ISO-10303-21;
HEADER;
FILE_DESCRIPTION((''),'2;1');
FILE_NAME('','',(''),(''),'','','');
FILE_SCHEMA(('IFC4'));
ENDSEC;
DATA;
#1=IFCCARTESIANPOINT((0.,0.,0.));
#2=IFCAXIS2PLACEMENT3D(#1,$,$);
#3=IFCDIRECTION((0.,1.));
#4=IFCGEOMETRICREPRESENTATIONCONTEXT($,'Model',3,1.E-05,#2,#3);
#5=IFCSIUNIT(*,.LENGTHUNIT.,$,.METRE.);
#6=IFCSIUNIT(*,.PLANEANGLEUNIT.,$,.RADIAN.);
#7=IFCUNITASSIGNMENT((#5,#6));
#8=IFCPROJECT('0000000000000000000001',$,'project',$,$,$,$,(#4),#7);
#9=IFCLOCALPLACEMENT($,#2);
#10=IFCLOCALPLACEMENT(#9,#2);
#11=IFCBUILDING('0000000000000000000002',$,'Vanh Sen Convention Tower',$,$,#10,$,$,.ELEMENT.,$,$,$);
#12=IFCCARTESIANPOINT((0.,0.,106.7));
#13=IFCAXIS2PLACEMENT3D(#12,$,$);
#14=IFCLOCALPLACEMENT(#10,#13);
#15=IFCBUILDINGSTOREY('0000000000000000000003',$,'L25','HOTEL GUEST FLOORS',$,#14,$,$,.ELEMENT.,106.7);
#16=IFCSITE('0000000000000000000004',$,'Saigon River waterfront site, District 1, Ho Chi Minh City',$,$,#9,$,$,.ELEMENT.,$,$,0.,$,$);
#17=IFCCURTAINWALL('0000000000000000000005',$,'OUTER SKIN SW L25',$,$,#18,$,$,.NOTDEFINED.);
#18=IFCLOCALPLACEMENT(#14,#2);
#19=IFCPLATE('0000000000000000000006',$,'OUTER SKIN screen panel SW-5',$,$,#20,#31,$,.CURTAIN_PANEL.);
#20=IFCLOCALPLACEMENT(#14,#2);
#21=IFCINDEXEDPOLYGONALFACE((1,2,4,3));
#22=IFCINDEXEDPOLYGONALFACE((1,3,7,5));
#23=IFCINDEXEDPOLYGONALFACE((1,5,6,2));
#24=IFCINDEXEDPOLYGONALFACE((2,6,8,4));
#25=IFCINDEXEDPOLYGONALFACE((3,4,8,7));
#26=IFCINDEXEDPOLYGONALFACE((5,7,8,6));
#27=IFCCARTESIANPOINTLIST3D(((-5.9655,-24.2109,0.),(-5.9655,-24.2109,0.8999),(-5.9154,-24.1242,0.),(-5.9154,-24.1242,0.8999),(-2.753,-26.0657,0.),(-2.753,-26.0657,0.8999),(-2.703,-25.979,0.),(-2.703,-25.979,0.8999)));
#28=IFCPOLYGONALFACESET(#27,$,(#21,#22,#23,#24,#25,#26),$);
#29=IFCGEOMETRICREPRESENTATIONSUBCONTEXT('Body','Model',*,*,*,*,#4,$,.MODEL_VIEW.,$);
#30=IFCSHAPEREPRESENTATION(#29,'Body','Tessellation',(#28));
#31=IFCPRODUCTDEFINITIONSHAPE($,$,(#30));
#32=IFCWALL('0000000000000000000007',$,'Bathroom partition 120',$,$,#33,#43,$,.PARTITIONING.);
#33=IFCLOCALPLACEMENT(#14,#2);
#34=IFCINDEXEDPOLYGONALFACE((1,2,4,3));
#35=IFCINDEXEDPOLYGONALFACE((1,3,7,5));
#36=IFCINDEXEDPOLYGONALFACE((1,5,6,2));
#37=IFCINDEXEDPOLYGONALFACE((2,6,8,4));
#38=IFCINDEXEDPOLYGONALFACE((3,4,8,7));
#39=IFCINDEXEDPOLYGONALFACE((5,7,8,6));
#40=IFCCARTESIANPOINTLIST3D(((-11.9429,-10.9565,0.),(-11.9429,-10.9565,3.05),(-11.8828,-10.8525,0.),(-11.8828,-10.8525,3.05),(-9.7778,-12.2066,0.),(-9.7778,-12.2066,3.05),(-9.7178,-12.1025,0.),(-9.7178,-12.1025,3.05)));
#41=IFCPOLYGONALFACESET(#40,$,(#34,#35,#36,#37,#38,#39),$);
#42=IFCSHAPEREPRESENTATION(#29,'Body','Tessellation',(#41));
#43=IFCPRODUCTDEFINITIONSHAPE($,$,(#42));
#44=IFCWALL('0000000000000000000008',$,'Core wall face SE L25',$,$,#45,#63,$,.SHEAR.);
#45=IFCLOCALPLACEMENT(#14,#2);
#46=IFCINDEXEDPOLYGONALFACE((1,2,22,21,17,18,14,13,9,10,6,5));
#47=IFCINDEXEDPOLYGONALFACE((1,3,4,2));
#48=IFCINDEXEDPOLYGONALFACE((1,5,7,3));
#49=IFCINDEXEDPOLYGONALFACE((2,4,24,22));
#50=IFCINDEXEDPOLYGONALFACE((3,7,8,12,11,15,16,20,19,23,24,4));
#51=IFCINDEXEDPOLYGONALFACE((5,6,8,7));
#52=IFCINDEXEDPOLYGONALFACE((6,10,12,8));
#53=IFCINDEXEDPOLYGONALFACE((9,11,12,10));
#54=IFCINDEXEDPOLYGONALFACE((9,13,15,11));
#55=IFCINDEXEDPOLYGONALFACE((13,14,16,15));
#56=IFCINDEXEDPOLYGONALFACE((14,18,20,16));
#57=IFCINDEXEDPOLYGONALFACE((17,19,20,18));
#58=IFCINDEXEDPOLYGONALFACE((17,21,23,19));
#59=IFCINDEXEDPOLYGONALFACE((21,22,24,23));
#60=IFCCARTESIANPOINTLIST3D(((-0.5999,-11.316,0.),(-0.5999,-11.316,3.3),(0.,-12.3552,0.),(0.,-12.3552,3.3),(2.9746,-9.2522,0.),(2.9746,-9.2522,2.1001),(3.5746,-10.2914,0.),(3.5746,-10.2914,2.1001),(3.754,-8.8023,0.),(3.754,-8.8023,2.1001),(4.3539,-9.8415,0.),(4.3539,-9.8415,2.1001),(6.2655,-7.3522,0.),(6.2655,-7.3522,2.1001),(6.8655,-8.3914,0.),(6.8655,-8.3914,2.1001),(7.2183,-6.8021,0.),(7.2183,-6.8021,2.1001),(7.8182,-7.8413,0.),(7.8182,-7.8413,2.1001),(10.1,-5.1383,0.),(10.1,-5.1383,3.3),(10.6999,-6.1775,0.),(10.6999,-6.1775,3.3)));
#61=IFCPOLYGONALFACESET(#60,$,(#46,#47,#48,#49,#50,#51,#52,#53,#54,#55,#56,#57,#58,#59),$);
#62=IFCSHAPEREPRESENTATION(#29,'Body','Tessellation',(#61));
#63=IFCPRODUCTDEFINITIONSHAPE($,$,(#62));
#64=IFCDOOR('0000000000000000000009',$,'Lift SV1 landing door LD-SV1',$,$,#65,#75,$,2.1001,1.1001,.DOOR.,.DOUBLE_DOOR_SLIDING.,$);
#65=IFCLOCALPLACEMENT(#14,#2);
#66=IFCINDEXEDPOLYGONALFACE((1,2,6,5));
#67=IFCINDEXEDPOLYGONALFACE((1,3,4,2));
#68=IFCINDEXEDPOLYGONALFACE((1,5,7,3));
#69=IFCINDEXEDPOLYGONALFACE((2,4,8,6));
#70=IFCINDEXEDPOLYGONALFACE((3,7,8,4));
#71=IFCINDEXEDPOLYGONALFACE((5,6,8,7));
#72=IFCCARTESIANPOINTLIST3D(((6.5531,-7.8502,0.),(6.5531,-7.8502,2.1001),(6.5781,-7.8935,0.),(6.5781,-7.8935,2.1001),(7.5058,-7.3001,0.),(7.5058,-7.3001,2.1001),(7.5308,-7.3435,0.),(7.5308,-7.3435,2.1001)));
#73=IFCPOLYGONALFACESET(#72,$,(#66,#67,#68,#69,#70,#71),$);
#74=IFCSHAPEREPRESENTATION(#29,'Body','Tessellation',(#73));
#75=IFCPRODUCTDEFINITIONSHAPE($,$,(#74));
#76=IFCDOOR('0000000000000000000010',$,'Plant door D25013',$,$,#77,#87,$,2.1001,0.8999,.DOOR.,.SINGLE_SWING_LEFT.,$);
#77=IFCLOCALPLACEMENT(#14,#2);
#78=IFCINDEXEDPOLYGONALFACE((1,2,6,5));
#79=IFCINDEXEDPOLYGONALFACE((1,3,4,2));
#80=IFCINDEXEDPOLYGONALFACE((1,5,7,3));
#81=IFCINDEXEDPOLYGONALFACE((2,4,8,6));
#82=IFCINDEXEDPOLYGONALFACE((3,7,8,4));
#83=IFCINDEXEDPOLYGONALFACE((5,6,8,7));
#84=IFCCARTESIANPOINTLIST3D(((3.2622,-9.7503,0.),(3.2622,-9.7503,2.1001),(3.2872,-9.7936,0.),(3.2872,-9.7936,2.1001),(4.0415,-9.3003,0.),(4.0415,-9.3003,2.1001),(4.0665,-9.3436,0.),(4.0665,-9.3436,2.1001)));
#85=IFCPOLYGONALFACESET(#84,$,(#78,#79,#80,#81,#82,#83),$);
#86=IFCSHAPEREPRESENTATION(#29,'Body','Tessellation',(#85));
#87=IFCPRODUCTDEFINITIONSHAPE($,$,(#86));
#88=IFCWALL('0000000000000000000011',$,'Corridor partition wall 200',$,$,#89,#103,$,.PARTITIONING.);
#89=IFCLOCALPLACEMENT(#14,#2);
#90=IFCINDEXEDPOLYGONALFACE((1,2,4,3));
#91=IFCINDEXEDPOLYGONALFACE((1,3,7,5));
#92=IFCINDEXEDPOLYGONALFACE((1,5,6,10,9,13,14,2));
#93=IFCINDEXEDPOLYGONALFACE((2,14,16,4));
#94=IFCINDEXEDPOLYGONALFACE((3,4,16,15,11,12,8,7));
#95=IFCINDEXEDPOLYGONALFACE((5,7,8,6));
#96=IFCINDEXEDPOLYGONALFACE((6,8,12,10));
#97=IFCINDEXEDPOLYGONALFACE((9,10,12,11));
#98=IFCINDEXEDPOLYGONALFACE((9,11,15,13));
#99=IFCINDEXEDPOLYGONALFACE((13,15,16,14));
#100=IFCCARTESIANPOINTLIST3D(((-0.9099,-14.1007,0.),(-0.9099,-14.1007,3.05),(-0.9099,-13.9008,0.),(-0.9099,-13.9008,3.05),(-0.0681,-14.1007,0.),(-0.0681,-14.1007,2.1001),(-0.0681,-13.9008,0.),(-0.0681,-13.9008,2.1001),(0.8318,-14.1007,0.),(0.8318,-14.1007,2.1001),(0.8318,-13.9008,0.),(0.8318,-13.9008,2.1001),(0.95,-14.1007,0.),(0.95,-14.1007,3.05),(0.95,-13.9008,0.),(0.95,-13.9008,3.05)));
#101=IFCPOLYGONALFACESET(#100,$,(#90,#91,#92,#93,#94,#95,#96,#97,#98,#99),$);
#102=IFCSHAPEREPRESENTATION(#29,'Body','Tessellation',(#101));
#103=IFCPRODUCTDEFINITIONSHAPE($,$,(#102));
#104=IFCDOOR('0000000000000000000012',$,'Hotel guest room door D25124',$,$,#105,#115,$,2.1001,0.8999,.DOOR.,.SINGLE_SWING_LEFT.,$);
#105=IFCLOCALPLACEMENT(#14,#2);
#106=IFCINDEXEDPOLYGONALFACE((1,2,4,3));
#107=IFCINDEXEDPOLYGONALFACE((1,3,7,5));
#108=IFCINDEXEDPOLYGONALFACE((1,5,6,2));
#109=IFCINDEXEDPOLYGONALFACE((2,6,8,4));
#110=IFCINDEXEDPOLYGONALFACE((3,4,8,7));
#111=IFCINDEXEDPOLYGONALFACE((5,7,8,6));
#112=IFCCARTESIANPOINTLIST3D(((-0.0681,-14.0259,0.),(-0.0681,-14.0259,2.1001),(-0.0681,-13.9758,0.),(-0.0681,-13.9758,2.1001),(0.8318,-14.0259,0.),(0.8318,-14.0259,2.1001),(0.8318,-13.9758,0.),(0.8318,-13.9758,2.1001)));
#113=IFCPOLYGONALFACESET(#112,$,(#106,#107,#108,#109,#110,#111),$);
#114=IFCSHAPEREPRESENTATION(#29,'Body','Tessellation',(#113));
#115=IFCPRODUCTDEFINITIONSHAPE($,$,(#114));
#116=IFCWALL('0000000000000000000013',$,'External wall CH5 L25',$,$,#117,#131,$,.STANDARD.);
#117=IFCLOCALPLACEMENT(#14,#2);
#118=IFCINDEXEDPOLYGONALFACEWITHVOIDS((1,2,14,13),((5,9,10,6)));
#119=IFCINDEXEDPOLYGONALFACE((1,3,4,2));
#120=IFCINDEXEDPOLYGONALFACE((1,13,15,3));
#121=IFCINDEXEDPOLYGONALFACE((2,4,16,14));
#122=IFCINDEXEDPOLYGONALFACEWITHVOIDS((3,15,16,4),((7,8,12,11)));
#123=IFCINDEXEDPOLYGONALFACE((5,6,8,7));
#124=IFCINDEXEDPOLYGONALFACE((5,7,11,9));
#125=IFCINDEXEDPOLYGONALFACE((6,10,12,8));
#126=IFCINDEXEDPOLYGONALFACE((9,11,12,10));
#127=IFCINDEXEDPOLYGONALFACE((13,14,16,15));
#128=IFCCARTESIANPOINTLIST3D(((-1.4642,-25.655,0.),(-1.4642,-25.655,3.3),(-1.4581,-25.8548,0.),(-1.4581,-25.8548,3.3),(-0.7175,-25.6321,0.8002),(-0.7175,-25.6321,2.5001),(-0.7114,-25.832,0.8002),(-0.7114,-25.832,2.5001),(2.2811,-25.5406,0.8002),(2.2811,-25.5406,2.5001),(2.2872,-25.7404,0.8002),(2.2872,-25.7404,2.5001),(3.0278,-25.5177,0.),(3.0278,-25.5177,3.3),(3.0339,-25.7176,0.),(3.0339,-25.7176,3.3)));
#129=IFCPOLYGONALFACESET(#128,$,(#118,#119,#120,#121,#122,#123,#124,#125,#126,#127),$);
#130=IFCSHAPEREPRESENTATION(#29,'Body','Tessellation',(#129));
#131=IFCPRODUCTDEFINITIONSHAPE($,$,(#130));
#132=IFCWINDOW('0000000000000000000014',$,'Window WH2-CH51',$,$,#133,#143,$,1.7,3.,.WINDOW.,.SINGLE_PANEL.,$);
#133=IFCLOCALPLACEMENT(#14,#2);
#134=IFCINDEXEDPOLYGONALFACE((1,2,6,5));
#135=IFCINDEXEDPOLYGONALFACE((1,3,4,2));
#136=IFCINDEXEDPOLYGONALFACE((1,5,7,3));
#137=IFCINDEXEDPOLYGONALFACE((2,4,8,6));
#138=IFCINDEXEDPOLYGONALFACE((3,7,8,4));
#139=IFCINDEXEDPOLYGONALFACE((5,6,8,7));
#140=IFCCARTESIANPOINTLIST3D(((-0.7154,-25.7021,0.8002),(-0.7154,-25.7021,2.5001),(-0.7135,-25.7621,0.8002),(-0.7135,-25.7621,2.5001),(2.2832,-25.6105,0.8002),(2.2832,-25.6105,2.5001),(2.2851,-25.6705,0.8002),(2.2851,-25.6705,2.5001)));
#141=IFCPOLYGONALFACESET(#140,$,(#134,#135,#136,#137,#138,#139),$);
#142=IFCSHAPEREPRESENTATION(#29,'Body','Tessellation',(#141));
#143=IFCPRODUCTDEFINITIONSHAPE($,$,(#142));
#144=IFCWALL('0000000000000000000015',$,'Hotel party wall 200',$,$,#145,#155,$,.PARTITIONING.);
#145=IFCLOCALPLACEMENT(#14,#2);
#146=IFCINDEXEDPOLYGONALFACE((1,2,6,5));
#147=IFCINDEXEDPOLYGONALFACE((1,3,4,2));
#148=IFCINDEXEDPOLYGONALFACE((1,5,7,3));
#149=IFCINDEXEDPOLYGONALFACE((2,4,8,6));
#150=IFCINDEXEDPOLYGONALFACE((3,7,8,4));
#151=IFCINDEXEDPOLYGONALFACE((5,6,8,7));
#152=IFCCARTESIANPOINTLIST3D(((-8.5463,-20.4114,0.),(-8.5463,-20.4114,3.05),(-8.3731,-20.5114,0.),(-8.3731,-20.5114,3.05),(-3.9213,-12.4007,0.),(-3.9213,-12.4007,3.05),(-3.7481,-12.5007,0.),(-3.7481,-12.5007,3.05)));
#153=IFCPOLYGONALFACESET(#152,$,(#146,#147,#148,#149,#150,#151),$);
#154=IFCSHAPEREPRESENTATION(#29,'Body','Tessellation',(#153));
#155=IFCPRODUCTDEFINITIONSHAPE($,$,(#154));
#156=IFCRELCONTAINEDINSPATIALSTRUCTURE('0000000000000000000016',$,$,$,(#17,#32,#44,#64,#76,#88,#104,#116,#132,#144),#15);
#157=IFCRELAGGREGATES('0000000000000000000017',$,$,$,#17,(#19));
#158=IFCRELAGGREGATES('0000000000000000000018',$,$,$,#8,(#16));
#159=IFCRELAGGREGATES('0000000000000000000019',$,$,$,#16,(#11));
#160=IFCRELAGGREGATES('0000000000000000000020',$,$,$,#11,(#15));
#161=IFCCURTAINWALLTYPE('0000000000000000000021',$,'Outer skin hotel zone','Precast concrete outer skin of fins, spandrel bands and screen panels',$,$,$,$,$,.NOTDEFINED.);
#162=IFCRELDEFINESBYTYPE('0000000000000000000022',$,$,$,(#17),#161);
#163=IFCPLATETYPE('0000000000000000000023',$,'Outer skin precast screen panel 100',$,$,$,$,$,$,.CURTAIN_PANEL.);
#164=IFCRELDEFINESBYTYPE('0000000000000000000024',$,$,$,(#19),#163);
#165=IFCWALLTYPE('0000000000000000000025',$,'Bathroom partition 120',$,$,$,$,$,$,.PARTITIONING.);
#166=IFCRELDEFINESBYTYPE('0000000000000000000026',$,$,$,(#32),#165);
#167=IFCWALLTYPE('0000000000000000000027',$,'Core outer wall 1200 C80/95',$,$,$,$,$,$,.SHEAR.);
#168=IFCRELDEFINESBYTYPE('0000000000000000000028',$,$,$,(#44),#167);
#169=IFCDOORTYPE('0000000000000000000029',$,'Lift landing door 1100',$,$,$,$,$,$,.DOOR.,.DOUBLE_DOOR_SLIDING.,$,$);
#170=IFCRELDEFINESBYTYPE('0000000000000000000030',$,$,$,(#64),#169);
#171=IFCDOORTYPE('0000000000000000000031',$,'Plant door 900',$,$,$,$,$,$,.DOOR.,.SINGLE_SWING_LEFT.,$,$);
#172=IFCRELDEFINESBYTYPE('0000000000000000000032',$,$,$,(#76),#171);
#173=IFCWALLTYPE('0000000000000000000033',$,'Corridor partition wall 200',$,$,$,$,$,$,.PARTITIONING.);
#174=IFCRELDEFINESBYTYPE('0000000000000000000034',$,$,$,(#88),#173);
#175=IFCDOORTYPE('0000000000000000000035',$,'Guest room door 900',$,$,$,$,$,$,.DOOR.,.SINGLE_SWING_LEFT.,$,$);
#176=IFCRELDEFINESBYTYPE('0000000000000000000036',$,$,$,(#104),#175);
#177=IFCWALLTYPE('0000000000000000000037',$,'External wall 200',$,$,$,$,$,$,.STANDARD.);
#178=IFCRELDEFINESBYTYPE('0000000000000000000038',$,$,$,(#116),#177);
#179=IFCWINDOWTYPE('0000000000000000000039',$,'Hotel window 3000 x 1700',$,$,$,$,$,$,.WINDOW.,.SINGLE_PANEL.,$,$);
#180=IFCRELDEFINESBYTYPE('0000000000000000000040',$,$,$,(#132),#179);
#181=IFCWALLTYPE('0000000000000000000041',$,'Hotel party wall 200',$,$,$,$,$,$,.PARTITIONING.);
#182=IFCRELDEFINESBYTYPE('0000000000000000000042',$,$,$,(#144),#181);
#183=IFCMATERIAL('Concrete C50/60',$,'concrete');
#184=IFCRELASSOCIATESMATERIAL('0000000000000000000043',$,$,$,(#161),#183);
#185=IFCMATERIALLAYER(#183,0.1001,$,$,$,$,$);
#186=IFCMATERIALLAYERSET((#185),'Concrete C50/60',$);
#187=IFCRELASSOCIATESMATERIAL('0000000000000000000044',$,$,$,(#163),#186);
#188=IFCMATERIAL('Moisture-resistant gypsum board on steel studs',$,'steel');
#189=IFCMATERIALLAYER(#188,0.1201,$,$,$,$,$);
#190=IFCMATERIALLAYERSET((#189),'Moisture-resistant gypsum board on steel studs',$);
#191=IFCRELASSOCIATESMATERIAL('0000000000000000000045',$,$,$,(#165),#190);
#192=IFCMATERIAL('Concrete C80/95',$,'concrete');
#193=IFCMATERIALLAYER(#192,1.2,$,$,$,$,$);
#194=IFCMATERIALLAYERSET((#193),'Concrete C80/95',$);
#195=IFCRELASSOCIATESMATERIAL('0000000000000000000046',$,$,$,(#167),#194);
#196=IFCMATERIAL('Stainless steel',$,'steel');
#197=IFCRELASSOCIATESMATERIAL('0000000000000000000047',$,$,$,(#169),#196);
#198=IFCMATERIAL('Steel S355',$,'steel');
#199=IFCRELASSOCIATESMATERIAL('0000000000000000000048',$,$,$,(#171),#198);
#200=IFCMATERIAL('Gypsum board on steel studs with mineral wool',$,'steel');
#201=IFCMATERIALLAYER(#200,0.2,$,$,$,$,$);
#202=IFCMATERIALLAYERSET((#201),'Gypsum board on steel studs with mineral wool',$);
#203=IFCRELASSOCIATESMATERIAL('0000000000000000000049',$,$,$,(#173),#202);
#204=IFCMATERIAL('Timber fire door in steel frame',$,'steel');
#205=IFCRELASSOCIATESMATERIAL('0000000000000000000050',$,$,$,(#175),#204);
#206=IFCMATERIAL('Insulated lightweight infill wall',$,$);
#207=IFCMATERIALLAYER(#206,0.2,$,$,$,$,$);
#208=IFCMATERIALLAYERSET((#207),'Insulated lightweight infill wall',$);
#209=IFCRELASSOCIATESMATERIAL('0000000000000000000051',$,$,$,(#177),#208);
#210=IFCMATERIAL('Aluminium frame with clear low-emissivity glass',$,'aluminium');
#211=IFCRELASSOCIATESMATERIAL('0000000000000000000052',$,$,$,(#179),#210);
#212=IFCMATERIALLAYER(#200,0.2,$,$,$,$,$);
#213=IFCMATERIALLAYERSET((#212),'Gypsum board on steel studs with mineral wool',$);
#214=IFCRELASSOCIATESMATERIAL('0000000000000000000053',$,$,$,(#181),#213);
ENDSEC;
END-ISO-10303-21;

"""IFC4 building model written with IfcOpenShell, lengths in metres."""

from ifc_helpers import new_model, si_unit, direction, frame, frame_2d, origin, origin_2d, place, context, subcontext, project, spatial, rectangle, extrude, material, layer, layer_set, type_object, element, fill, aggregate, save


model = new_model("IFC4")

# Units and contexts
model_context = context("Model", 3, precision=1e-05, world=origin(), true_north=direction((0.0, 1.0)))
body_context = subcontext(model_context, "Body", "Model", "MODEL_VIEW")
ifc_project = project(units=[si_unit("LENGTHUNIT", "METRE"), si_unit("PLANEANGLEUNIT", "RADIAN")], contexts=[model_context])

# Site, building, storey
site_placement = place(None, origin())
site = spatial("IfcSite", under=ifc_project, at=site_placement, Name="Saigon River waterfront site, District 1, Ho Chi Minh City", CompositionType="ELEMENT", RefElevation=0.0)
building_placement = place(site_placement, origin())
building = spatial("IfcBuilding", under=site, at=building_placement, Name="Vanh Sen Convention Tower", CompositionType="ELEMENT")
storey_placement = place(building_placement, frame((0.0, 0.0, 106.7)))
storey = spatial("IfcBuildingStorey", under=building, at=storey_placement, Name="L25", Description="HOTEL GUEST FLOORS", CompositionType="ELEMENT", Elevation=106.7)

# Shared definitions
ifc_material_1 = material(Name="Concrete C80/95", Category="concrete")

# Curtain wall
ifc_material_2 = material(Name="Concrete C50/60", Category="concrete")
curtain_wall_type = type_object("IfcCurtainWallType", Name="Outer skin hotel zone", Description="Precast concrete outer skin of fins, spandrel bands and screen panels", PredefinedType="NOTDEFINED", material=ifc_material_2)
curtain_wall_1_placement = place(storey_placement, origin())
curtain_wall_1 = element("IfcCurtainWall", 1, at=curtain_wall_1_placement, inside=storey, type_object=curtain_wall_type, Name="OUTER SKIN SW L25", PredefinedType="NOTDEFINED")

# Plate
ifc_layer_1 = layer(ifc_material_2, 0.1001)
ifc_layer_set_1 = layer_set([ifc_layer_1], Name="Concrete C50/60")
plate_type = type_object("IfcPlateType", Name="Outer skin precast screen panel 100", PredefinedType="CURTAIN_PANEL", material=ifc_layer_set_1)
plate_1_placement = place(storey_placement, frame((-4.3342, -25.095, 0.0), z_axis=(0.0, 0.0, 1.0), x_axis=(0.866021, -0.500008, 0.0)))
plate_1 = element("IfcPlate", 2, at=plate_1_placement, type_object=plate_type, Name="OUTER SKIN screen panel SW-5", PredefinedType="CURTAIN_PANEL", context=body_context, shape_type="SweptSolid", body=[
    extrude(rectangle(XDim=3.7095, YDim=0.1001, at=origin_2d()), origin(), (0.0, 0.0, 1.0), 0.8999),
])
aggregate(curtain_wall_1, [plate_1])

# Wall
ifc_material_3 = material(Name="Moisture-resistant gypsum board on steel studs", Category="steel")
ifc_layer_2 = layer(ifc_material_3, 0.1201)
ifc_layer_set_2 = layer_set([ifc_layer_2], Name="Moisture-resistant gypsum board on steel studs")
wall_type_1 = type_object("IfcWallType", Name="Bathroom partition 120", PredefinedType="PARTITIONING", material=ifc_layer_set_2)
wall_1_placement = place(storey_placement, frame((-9.7478, -12.1545, 0.0), z_axis=(0.0, 0.0, 1.0), x_axis=(-0.866023, 0.500004, 0.0)))
element("IfcWall", 3, at=wall_1_placement, inside=storey, type_object=wall_type_1, Name="Bathroom partition 120", PredefinedType="PARTITIONING", context=body_context, shape_type="SweptSolid", body=[
    extrude(rectangle(XDim=2.5, YDim=0.1201, at=frame_2d((1.25, 0.0))), origin(), (0.0, 0.0, 1.0), 3.05),
])

# Wall, openings, doors
ifc_layer_3 = layer(ifc_material_1, 1.2)
ifc_layer_set_3 = layer_set([ifc_layer_3], Name="Concrete C80/95")
wall_type_2 = type_object("IfcWallType", Name="Core outer wall 1200 C80/95", PredefinedType="SHEAR", material=ifc_layer_set_3)
wall_2_placement = place(storey_placement, frame((-0.3, -11.8357, 0.0), z_axis=(0.0, 0.0, 1.0), x_axis=(0.866021, 0.500007, 0.0)))
wall_2 = element("IfcWall", 4, at=wall_2_placement, inside=storey, type_object=wall_type_2, Name="Core wall face SE L25", PredefinedType="SHEAR", context=body_context, shape_type="SweptSolid", body=[
    extrude(rectangle(XDim=12.3552, YDim=1.2, at=frame_2d((6.1777, 0.0))), origin(), (0.0, 0.0, 1.0), 3.3),
])
opening_1_placement = place(wall_2_placement, frame((4.1277, 0.0, 0.0)))
opening_1 = element("IfcOpeningElement", 5, at=opening_1_placement, cuts=wall_2, PredefinedType="OPENING", context=body_context, shape_type="SweptSolid", body=[
    extrude(rectangle(XDim=0.8999, YDim=2.1001, at=frame_2d((0.45, 1.05))), frame((0.0, 0.6099, 0.0), z_axis=(0.0, -1.0, 0.0), x_axis=(1.0, 0.0, 0.0)), (0.0, 0.0, 1.0), 1.22),
])
opening_2_placement = place(wall_2_placement, frame((7.9277, 0.0, 0.0)))
opening_2 = element("IfcOpeningElement", 6, at=opening_2_placement, cuts=wall_2, PredefinedType="OPENING", context=body_context, shape_type="SweptSolid", body=[
    extrude(rectangle(XDim=1.1001, YDim=2.1001, at=frame_2d((0.55, 1.05))), frame((0.0, 0.6099, 0.0), z_axis=(0.0, -1.0, 0.0), x_axis=(1.0, 0.0, 0.0)), (0.0, 0.0, 1.0), 1.22),
])
ifc_material_4 = material(Name="Stainless steel", Category="steel")
door_type_1 = type_object("IfcDoorType", Name="Lift landing door 1100", OperationType="DOUBLE_DOOR_SLIDING", PredefinedType="DOOR", material=ifc_material_4)
door_1_placement = place(opening_2_placement, origin())
door_1 = element("IfcDoor", 7, at=door_1_placement, inside=storey, type_object=door_type_1, Name="Lift SV1 landing door LD-SV1", OperationType="DOUBLE_DOOR_SLIDING", OverallHeight=2.1001, OverallWidth=1.1001, PredefinedType="DOOR", context=body_context, shape_type="SweptSolid", body=[
    extrude(rectangle(XDim=1.1001, YDim=2.1001, at=frame_2d((0.55, 1.05))), frame((0.0, 0.0249, 0.0), z_axis=(0.0, -1.0, 0.0), x_axis=(1.0, 0.0, 0.0)), (0.0, 0.0, 1.0), 0.05),
])
fill(opening_2, door_1)
ifc_material_5 = material(Name="Steel S355", Category="steel")
door_type_2 = type_object("IfcDoorType", Name="Plant door 900", OperationType="SINGLE_SWING_LEFT", PredefinedType="DOOR", material=ifc_material_5)
door_2_placement = place(opening_1_placement, origin())
door_2 = element("IfcDoor", 8, at=door_2_placement, inside=storey, type_object=door_type_2, Name="Plant door D25013", OperationType="SINGLE_SWING_LEFT", OverallHeight=2.1001, OverallWidth=0.8999, PredefinedType="DOOR", context=body_context, shape_type="SweptSolid", body=[
    extrude(rectangle(XDim=0.8999, YDim=2.1001, at=frame_2d((0.45, 1.05))), frame((0.0, 0.0249, 0.0), z_axis=(0.0, -1.0, 0.0), x_axis=(1.0, 0.0, 0.0)), (0.0, 0.0, 1.0), 0.05),
])
fill(opening_1, door_2)

# Wall, opening, door
ifc_material_6 = material(Name="Gypsum board on steel studs with mineral wool", Category="steel")
ifc_layer_4 = layer(ifc_material_6, 0.2)
ifc_layer_set_4 = layer_set([ifc_layer_4], Name="Gypsum board on steel studs with mineral wool")
wall_type_3 = type_object("IfcWallType", Name="Corridor partition wall 200", PredefinedType="PARTITIONING", material=ifc_layer_set_4)
wall_3_placement = place(storey_placement, frame((-0.9099, -14.0007, 0.0), z_axis=(0.0, 0.0, 1.0), x_axis=(1.0, 0.0, 0.0)))
wall_3 = element("IfcWall", 9, at=wall_3_placement, inside=storey, type_object=wall_type_3, Name="Corridor partition wall 200", PredefinedType="PARTITIONING", context=body_context, shape_type="SweptSolid", body=[
    extrude(rectangle(XDim=1.8599, YDim=0.2, at=frame_2d((0.9299, 0.0))), origin(), (0.0, 0.0, 1.0), 3.05),
])
opening_3_placement = place(wall_3_placement, frame((0.8418, 0.0, 0.0)))
opening_3 = element("IfcOpeningElement", 10, at=opening_3_placement, cuts=wall_3, PredefinedType="OPENING", context=body_context, shape_type="SweptSolid", body=[
    extrude(rectangle(XDim=0.8999, YDim=2.1001, at=frame_2d((0.45, 1.05))), frame((0.0, 0.1099, 0.0), z_axis=(0.0, -1.0, 0.0), x_axis=(1.0, 0.0, 0.0)), (0.0, 0.0, 1.0), 0.22),
])
ifc_material_7 = material(Name="Timber fire door in steel frame", Category="steel")
door_type_3 = type_object("IfcDoorType", Name="Guest room door 900", OperationType="SINGLE_SWING_LEFT", PredefinedType="DOOR", material=ifc_material_7)
door_3_placement = place(opening_3_placement, origin())
door_3 = element("IfcDoor", 11, at=door_3_placement, inside=storey, type_object=door_type_3, Name="Hotel guest room door D25124", OperationType="SINGLE_SWING_LEFT", OverallHeight=2.1001, OverallWidth=0.8999, PredefinedType="DOOR", context=body_context, shape_type="SweptSolid", body=[
    extrude(rectangle(XDim=0.8999, YDim=2.1001, at=frame_2d((0.45, 1.05))), frame((0.0, 0.0249, 0.0), z_axis=(0.0, -1.0, 0.0), x_axis=(1.0, 0.0, 0.0)), (0.0, 0.0, 1.0), 0.05),
])
fill(opening_3, door_3)

# Wall, opening, window
ifc_material_8 = material(Name="Insulated lightweight infill wall")
ifc_layer_5 = layer(ifc_material_8, 0.2)
ifc_layer_set_5 = layer_set([ifc_layer_5], Name="Insulated lightweight infill wall")
wall_type_4 = type_object("IfcWallType", Name="External wall 200", PredefinedType="STANDARD", material=ifc_layer_set_5)
wall_4_placement = place(storey_placement, frame((-1.4612, -25.7549, 0.0), z_axis=(0.0, 0.0, 1.0), x_axis=(0.999534, 0.030531, 0.0)))
wall_4 = element("IfcWall", 12, at=wall_4_placement, inside=storey, type_object=wall_type_4, Name="External wall CH5 L25", PredefinedType="STANDARD", context=body_context, shape_type="SweptSolid", body=[
    extrude(rectangle(XDim=4.4941, YDim=0.2, at=frame_2d((2.2471, 0.0))), origin(), (0.0, 0.0, 1.0), 3.3),
])
opening_4_placement = place(wall_4_placement, frame((0.7471, 0.0, 0.8)))
opening_4 = element("IfcOpeningElement", 13, at=opening_4_placement, cuts=wall_4, PredefinedType="OPENING", context=body_context, shape_type="SweptSolid", body=[
    extrude(rectangle(XDim=3.0, YDim=1.7, at=frame_2d((1.5, 0.8501))), frame((0.0, 0.1099, 0.0), z_axis=(0.0, -1.0, 0.0), x_axis=(1.0, 0.0, 0.0)), (0.0, 0.0, 1.0), 0.22),
])
ifc_material_9 = material(Name="Aluminium frame with clear low-emissivity glass", Category="aluminium")
window_type = type_object("IfcWindowType", Name="Hotel window 3000 x 1700", PartitioningType="SINGLE_PANEL", PredefinedType="WINDOW", material=ifc_material_9)
window_placement = place(opening_4_placement, origin())
window = element("IfcWindow", 14, at=window_placement, inside=storey, type_object=window_type, Name="Window WH2-CH51", OverallHeight=1.7, OverallWidth=3.0, PartitioningType="SINGLE_PANEL", PredefinedType="WINDOW", context=body_context, shape_type="SweptSolid", body=[
    extrude(rectangle(XDim=3.0, YDim=1.7, at=frame_2d((1.5, 0.8501))), frame((0.0, 0.03, 0.0), z_axis=(0.0, -1.0, 0.0), x_axis=(1.0, 0.0, 0.0)), (0.0, 0.0, 1.0), 0.0601),
])
fill(opening_4, window)

# Wall
ifc_layer_6 = layer(ifc_material_6, 0.2)
ifc_layer_set_6 = layer_set([ifc_layer_6], Name="Gypsum board on steel studs with mineral wool")
wall_type_5 = type_object("IfcWallType", Name="Hotel party wall 200", PredefinedType="PARTITIONING", material=ifc_layer_set_6)
wall_5_placement = place(storey_placement, frame((-8.4597, -20.4614, 0.0), z_axis=(0.0, 0.0, 1.0), x_axis=(0.5, 0.866026, 0.0)))
element("IfcWall", 15, at=wall_5_placement, inside=storey, type_object=wall_type_5, Name="Hotel party wall 200", PredefinedType="PARTITIONING", context=body_context, shape_type="SweptSolid", body=[
    extrude(rectangle(XDim=9.25, YDim=0.2, at=frame_2d((4.625, 0.0))), origin(), (0.0, 0.0, 1.0), 3.05),
])

save(model, "model.ifc")
